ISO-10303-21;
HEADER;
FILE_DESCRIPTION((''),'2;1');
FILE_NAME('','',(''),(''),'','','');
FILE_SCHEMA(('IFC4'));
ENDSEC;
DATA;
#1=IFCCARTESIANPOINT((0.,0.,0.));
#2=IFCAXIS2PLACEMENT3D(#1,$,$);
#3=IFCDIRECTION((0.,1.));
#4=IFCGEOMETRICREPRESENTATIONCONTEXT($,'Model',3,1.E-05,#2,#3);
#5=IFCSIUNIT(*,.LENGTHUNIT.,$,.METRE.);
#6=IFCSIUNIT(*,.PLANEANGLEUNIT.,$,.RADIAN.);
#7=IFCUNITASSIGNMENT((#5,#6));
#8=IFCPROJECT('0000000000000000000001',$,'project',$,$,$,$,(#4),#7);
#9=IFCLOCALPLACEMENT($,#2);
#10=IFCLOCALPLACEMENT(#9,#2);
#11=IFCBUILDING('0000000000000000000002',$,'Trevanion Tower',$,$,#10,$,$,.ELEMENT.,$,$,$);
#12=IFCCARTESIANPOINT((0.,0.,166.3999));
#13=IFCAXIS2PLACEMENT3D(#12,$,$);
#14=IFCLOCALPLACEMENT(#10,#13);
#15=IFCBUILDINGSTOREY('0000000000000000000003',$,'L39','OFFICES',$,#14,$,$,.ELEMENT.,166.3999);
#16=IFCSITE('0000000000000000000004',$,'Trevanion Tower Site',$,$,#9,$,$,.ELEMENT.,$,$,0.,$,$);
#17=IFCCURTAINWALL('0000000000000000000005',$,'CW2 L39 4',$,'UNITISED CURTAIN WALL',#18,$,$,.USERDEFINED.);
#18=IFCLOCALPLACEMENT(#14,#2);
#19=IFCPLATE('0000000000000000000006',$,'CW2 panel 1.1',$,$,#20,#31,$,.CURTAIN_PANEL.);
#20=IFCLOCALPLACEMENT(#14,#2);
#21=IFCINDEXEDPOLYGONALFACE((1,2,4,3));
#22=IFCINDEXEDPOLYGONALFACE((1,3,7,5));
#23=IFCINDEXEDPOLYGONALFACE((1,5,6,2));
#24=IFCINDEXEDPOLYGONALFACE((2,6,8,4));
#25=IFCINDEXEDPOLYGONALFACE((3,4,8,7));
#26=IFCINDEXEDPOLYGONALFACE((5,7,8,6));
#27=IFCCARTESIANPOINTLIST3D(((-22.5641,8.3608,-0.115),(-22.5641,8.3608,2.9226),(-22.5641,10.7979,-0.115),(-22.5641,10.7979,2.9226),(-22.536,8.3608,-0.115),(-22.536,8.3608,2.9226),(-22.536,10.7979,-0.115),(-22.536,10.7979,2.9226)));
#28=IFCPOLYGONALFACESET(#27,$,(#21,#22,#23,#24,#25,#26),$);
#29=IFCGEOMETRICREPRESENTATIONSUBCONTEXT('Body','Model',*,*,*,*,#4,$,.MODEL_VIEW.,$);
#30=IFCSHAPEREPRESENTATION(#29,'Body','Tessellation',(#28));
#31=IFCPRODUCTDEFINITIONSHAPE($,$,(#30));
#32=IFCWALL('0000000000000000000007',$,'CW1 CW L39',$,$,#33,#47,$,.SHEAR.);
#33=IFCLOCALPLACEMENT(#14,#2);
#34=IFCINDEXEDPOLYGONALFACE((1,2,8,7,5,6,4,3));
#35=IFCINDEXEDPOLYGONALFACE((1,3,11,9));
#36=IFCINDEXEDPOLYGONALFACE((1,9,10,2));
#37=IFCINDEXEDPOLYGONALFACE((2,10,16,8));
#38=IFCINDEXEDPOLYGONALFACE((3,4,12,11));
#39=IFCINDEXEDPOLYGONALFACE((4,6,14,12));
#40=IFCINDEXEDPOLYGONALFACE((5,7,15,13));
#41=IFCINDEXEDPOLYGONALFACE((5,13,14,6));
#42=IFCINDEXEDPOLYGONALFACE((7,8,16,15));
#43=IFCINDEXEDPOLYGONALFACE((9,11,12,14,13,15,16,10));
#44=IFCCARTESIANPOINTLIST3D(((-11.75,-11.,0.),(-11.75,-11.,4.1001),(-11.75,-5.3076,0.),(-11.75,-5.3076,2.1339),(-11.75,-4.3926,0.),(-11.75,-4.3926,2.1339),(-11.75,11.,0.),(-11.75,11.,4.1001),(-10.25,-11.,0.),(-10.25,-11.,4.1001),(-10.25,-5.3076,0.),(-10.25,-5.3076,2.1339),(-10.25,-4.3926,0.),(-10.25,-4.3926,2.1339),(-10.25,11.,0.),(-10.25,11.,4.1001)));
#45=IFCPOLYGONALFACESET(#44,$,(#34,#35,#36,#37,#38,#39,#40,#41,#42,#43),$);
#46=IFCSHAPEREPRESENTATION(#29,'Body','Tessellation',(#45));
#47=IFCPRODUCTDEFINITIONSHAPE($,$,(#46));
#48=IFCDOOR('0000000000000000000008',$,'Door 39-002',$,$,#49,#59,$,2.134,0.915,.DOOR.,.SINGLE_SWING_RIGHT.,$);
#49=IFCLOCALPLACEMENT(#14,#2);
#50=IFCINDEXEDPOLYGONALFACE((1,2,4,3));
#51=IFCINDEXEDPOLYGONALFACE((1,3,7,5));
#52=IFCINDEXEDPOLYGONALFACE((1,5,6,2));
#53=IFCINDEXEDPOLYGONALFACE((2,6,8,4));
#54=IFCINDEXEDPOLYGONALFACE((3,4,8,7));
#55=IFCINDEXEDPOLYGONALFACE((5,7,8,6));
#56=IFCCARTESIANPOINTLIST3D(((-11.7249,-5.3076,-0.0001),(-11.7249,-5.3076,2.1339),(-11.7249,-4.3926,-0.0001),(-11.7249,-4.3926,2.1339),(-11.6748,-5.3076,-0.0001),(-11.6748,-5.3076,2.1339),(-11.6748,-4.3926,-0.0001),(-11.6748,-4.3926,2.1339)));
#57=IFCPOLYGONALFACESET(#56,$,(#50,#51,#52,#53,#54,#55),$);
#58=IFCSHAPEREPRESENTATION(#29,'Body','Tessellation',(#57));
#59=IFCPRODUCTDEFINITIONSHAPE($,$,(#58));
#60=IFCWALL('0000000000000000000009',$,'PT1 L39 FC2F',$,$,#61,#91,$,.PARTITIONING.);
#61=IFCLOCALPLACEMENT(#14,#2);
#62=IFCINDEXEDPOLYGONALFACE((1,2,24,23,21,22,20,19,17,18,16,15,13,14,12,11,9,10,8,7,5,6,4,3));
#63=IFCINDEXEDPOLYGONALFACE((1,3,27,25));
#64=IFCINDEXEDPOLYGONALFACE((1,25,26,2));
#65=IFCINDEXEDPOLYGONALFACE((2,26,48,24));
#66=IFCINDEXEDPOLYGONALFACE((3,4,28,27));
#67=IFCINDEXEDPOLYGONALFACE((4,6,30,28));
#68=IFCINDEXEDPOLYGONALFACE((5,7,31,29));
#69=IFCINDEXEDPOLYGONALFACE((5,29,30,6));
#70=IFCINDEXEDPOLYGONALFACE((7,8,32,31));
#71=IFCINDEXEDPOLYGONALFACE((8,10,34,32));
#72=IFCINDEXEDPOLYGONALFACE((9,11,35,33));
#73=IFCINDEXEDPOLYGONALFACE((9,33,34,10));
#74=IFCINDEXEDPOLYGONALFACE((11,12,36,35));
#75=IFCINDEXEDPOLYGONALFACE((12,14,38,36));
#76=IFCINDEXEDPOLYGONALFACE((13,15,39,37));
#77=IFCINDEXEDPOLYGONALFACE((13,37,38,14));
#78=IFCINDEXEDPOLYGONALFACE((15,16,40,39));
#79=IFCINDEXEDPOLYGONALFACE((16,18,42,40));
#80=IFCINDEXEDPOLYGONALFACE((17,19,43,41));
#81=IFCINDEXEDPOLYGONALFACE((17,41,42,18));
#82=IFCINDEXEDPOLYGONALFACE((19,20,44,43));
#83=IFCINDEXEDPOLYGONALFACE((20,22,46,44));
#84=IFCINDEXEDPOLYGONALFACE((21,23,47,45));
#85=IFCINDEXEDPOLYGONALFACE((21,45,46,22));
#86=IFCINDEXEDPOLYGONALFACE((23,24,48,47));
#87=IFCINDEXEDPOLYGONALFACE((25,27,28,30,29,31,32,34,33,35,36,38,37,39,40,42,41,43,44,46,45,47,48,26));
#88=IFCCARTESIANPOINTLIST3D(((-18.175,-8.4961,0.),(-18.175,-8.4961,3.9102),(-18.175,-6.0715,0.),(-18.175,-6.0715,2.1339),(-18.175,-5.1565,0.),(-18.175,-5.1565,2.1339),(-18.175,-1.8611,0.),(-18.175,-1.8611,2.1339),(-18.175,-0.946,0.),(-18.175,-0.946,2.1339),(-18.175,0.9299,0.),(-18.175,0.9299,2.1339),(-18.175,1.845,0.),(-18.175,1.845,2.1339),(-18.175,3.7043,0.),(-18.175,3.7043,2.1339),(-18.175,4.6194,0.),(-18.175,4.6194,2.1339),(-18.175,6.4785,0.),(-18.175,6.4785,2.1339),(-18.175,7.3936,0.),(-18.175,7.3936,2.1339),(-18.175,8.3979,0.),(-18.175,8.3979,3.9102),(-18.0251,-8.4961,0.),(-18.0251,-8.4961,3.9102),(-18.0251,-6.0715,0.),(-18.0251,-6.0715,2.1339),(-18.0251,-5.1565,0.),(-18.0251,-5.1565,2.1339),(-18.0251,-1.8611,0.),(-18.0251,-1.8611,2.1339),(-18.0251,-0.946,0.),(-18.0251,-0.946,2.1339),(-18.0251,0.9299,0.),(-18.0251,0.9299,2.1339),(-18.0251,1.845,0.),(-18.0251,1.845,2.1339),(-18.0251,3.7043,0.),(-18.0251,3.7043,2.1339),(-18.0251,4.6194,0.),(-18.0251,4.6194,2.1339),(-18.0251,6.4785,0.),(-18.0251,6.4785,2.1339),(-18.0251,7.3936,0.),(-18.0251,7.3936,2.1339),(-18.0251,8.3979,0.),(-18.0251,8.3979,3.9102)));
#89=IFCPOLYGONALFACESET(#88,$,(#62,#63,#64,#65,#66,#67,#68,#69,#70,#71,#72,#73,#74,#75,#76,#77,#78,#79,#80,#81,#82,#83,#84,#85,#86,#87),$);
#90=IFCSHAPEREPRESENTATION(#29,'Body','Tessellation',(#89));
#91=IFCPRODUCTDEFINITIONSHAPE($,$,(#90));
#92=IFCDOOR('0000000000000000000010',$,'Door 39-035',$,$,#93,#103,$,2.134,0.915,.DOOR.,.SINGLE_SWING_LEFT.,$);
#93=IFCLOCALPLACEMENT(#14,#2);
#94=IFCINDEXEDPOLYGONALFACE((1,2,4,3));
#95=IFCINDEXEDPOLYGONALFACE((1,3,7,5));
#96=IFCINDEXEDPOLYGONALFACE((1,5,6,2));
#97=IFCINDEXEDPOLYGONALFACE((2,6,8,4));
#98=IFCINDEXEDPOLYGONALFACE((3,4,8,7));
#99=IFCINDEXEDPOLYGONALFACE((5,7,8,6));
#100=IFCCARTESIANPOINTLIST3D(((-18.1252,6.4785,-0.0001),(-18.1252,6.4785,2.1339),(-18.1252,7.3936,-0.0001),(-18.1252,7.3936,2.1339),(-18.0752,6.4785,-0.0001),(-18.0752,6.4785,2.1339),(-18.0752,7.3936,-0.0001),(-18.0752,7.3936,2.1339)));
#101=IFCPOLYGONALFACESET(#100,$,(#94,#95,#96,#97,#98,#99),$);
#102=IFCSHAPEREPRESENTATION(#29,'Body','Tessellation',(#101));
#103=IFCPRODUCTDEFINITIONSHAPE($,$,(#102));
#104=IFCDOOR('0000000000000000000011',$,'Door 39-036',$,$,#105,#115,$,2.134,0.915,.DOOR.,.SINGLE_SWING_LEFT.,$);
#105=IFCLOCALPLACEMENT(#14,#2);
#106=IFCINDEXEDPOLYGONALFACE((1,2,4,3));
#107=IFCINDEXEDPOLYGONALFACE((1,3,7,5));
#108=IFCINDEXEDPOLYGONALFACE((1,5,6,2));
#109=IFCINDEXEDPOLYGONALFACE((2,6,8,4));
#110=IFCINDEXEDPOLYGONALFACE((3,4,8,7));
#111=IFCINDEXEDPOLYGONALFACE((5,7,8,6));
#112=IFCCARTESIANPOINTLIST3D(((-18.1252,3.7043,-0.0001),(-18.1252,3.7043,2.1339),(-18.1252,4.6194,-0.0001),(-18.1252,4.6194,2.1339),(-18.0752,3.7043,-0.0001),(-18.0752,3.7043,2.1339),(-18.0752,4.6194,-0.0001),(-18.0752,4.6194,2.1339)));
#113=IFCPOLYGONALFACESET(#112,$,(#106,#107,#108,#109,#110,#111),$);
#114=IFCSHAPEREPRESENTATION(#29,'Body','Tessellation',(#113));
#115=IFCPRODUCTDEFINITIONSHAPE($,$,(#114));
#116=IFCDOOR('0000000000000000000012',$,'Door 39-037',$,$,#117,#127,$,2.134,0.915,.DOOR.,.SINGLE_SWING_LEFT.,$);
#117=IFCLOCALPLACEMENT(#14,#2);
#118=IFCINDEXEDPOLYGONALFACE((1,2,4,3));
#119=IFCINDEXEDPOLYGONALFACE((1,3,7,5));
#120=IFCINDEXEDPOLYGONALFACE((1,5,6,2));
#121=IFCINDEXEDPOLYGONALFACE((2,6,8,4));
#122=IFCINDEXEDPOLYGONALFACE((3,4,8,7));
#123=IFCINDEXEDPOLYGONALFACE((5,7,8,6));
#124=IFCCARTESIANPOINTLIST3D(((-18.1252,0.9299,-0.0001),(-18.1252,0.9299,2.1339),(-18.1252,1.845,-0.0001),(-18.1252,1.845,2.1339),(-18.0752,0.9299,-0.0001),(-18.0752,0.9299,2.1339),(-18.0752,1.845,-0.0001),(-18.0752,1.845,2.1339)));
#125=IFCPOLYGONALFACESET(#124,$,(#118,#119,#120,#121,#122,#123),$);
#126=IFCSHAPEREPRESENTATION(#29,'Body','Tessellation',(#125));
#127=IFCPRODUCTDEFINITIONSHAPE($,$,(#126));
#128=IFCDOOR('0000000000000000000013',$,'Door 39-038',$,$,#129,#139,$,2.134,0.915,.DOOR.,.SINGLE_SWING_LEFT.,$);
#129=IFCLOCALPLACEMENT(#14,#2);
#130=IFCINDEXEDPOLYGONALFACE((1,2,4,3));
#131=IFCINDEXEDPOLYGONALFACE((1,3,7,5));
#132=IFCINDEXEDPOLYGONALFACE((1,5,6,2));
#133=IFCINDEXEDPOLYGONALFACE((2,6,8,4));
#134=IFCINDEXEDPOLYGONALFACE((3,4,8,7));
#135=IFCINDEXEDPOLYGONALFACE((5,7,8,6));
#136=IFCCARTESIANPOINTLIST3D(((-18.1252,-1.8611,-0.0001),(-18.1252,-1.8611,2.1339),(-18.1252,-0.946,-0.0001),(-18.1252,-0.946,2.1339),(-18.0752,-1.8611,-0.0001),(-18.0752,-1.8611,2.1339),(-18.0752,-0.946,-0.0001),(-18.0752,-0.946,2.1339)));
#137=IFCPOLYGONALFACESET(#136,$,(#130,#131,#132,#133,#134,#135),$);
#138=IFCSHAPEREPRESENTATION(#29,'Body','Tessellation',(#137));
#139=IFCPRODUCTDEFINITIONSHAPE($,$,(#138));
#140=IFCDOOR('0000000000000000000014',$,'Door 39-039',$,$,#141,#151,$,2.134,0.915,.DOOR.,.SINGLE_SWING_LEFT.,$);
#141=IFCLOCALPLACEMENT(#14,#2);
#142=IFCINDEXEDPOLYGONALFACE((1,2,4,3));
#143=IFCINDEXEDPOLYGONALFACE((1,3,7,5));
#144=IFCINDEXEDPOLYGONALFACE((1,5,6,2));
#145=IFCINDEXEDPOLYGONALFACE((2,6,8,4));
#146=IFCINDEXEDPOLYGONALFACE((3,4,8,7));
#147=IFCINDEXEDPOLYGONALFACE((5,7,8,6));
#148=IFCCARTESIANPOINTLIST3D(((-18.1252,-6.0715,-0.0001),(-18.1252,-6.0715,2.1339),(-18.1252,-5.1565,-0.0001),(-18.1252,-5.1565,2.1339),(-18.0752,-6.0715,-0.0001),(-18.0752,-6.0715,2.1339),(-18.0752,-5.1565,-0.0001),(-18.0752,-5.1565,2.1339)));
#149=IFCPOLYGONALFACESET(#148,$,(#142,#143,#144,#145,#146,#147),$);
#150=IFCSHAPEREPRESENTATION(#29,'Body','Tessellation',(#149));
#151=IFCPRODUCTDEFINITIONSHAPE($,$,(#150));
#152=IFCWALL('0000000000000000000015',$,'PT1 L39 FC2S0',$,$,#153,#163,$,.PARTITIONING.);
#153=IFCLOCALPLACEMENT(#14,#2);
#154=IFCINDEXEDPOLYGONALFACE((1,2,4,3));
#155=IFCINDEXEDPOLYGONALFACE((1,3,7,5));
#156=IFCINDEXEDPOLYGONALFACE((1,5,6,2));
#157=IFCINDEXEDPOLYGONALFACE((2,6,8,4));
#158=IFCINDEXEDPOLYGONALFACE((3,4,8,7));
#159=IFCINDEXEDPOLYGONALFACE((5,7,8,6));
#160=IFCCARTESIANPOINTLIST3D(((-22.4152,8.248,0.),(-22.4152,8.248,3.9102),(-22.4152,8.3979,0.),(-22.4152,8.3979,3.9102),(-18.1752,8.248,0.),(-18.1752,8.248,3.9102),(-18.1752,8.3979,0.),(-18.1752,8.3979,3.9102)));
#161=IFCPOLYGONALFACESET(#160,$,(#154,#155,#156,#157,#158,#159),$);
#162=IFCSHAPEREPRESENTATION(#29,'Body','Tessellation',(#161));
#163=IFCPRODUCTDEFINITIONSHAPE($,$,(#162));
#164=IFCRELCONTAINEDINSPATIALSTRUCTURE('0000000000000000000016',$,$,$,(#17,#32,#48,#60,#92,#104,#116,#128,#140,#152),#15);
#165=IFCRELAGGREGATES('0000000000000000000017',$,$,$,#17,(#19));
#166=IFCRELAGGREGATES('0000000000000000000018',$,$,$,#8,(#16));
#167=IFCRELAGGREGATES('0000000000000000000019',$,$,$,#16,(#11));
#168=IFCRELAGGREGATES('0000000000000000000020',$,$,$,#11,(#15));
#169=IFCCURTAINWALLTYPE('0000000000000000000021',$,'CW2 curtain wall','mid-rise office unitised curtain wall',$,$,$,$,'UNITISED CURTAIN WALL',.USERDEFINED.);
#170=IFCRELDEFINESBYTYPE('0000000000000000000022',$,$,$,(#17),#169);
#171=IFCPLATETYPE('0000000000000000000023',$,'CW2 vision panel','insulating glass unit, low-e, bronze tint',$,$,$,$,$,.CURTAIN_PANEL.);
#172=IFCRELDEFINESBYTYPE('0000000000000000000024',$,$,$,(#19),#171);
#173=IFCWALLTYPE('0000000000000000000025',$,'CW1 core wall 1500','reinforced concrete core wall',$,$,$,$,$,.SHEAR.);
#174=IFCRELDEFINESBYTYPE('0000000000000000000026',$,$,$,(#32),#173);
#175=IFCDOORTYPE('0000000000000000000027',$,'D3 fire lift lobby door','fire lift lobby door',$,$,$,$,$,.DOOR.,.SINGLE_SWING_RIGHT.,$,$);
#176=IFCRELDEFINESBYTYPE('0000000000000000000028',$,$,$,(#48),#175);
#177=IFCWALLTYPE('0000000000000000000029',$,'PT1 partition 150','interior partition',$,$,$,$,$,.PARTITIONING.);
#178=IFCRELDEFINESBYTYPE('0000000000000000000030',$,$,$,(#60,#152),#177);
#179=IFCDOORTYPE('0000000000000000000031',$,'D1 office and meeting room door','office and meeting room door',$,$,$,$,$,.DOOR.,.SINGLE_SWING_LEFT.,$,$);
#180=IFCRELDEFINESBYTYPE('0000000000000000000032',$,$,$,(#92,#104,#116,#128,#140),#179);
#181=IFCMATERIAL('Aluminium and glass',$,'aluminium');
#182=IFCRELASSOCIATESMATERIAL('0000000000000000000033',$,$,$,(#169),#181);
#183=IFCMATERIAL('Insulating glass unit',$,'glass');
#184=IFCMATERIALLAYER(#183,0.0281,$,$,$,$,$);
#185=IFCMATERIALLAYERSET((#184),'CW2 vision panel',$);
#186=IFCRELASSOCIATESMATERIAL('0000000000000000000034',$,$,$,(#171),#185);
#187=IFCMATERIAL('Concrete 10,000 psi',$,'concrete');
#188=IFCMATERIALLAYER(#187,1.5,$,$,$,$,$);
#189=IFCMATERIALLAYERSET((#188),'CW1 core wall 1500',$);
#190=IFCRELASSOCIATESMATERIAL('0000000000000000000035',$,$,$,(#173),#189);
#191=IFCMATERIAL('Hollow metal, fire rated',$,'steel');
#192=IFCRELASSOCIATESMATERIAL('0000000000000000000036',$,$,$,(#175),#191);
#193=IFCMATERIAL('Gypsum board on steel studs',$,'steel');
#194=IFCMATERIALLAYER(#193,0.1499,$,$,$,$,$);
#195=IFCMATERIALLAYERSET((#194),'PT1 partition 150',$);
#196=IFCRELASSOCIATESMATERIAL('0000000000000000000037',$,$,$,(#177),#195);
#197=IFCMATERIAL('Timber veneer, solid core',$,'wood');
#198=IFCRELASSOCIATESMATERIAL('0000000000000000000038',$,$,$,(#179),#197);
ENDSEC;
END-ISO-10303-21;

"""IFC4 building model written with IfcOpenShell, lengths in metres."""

from ifc_helpers import new_model, si_unit, direction, frame, frame_2d, origin, origin_2d, place, context, subcontext, project, spatial, rectangle, extrude, material, layer, layer_set, type_object, element, fill, aggregate, save


model = new_model("IFC4")

# Units and contexts
model_context = context("Model", 3, precision=1e-05, world=origin(), true_north=direction((0.0, 1.0)))
body_context = subcontext(model_context, "Body", "Model", "MODEL_VIEW")
ifc_project = project(units=[si_unit("LENGTHUNIT", "METRE"), si_unit("PLANEANGLEUNIT", "RADIAN")], contexts=[model_context])

# Site, building, storey
site_placement = place(None, origin())
site = spatial("IfcSite", under=ifc_project, at=site_placement, Name="Trevanion Tower Site", CompositionType="ELEMENT", RefElevation=0.0)
building_placement = place(site_placement, origin())
building = spatial("IfcBuilding", under=site, at=building_placement, Name="Trevanion Tower", CompositionType="ELEMENT")
storey_placement = place(building_placement, frame((0.0, 0.0, 166.3999)))
storey = spatial("IfcBuildingStorey", under=building, at=storey_placement, Name="L39", Description="OFFICES", CompositionType="ELEMENT", Elevation=166.3999)

# Curtain wall
ifc_material_1 = material(Name="Aluminium and glass", Category="aluminium")
curtain_wall_type = type_object("IfcCurtainWallType", Name="CW2 curtain wall", Description="mid-rise office unitised curtain wall", ElementType="UNITISED CURTAIN WALL", PredefinedType="USERDEFINED", material=ifc_material_1)
curtain_wall_placement = place(storey_placement, origin())
curtain_wall = element("IfcCurtainWall", 1, at=curtain_wall_placement, inside=storey, type_object=curtain_wall_type, Name="CW2 L39 4", ObjectType="UNITISED CURTAIN WALL", PredefinedType="USERDEFINED")

# Plate
ifc_material_2 = material(Name="Insulating glass unit", Category="glass")
ifc_layer_1 = layer(ifc_material_2, 0.0281)
ifc_layer_set_1 = layer_set([ifc_layer_1], Name="CW2 vision panel")
plate_type_1 = type_object("IfcPlateType", Name="CW2 vision panel", Description="insulating glass unit, low-e, bronze tint", PredefinedType="CURTAIN_PANEL", material=ifc_layer_set_1)
plate_1_placement = place(storey_placement, frame((-22.55, 9.5793, -0.115), z_axis=(0.0, 0.0, 1.0), x_axis=(0.0, -1.0, 0.0)))
plate_1 = element("IfcPlate", 2, at=plate_1_placement, type_object=plate_type_1, Name="CW2 panel 1.1", PredefinedType="CURTAIN_PANEL", context=body_context, shape_type="SweptSolid", body=[
    extrude(rectangle(XDim=2.437, YDim=0.0281, at=origin_2d()), origin(), (0.0, 0.0, 1.0), 3.0376),
])
aggregate(curtain_wall, [plate_1])

# Wall, opening, door
ifc_material_3 = material(Name="Concrete 10,000 psi", Category="concrete")
ifc_layer_2 = layer(ifc_material_3, 1.5)
ifc_layer_set_2 = layer_set([ifc_layer_2], Name="CW1 core wall 1500")
wall_type_1 = type_object("IfcWallType", Name="CW1 core wall 1500", Description="reinforced concrete core wall", PredefinedType="SHEAR", material=ifc_layer_set_2)
wall_1_placement = place(storey_placement, frame((-11.0, 11.0, 0.0), z_axis=(0.0, 0.0, 1.0), x_axis=(0.0, -1.0, 0.0)))
wall_1 = element("IfcWall", 3, at=wall_1_placement, inside=storey, type_object=wall_type_1, Name="CW1 CW L39", PredefinedType="SHEAR", context=body_context, shape_type="SweptSolid", body=[
    extrude(rectangle(XDim=22.0, YDim=1.5, at=frame_2d((11.0, 0.0))), origin(), (0.0, 0.0, 1.0), 4.1001),
])
opening_1_placement = place(wall_1_placement, frame((15.3926, 0.0, 0.0)))
opening_1 = element("IfcOpeningElement", 4, at=opening_1_placement, cuts=wall_1, PredefinedType="OPENING", context=body_context, shape_type="SweptSolid", body=[
    extrude(rectangle(XDim=0.915, YDim=2.134, at=frame_2d((0.4575, 1.0669))), frame((0.0, 0.76, 0.0), z_axis=(0.0, -1.0, 0.0), x_axis=(1.0, 0.0, 0.0)), (0.0, 0.0, 1.0), 1.52),
])
ifc_material_4 = material(Name="Hollow metal, fire rated", Category="steel")
door_type_1 = type_object("IfcDoorType", Name="D3 fire lift lobby door", Description="fire lift lobby door", OperationType="SINGLE_SWING_RIGHT", PredefinedType="DOOR", material=ifc_material_4)
door_1_placement = place(opening_1_placement, origin())
door_1 = element("IfcDoor", 5, at=door_1_placement, inside=storey, type_object=door_type_1, Name="Door 39-002", OperationType="SINGLE_SWING_RIGHT", OverallHeight=2.134, OverallWidth=0.915, PredefinedType="DOOR", context=body_context, shape_type="SweptSolid", body=[
    extrude(rectangle(XDim=0.915, YDim=2.134, at=frame_2d((0.4575, 1.0669))), frame((0.0, -0.6748, 0.0), z_axis=(0.0, -1.0, 0.0), x_axis=(1.0, 0.0, 0.0)), (0.0, 0.0, 1.0), 0.05),
])
fill(opening_1, door_1)

# Wall, openings, doors
ifc_material_5 = material(Name="Gypsum board on steel studs", Category="steel")
ifc_layer_3 = layer(ifc_material_5, 0.1499)
ifc_layer_set_3 = layer_set([ifc_layer_3], Name="PT1 partition 150")
wall_type_2 = type_object("IfcWallType", Name="PT1 partition 150", Description="interior partition", PredefinedType="PARTITIONING", material=ifc_layer_set_3)
wall_2_placement = place(storey_placement, frame((-18.1001, 8.3979, 0.0), z_axis=(0.0, 0.0, 1.0), x_axis=(0.0, -1.0, 0.0)))
wall_2 = element("IfcWall", 6, at=wall_2_placement, inside=storey, type_object=wall_type_2, Name="PT1 L39 FC2F", PredefinedType="PARTITIONING", context=body_context, shape_type="SweptSolid", body=[
    extrude(rectangle(XDim=16.894, YDim=0.1499, at=frame_2d((8.447, 0.0))), origin(), (0.0, 0.0, 1.0), 3.9102),
])
opening_2_placement = place(wall_2_placement, frame((1.0044, 0.0, 0.0)))
opening_2 = element("IfcOpeningElement", 7, at=opening_2_placement, cuts=wall_2, PredefinedType="OPENING", context=body_context, shape_type="SweptSolid", body=[
    extrude(rectangle(XDim=0.915, YDim=2.134, at=frame_2d((0.4575, 1.0669))), frame((0.0, 0.085, 0.0), z_axis=(0.0, -1.0, 0.0), x_axis=(1.0, 0.0, 0.0)), (0.0, 0.0, 1.0), 0.1699),
])
opening_3_placement = place(wall_2_placement, frame((3.7786, 0.0, 0.0)))
opening_3 = element("IfcOpeningElement", 8, at=opening_3_placement, cuts=wall_2, PredefinedType="OPENING", context=body_context, shape_type="SweptSolid", body=[
    extrude(rectangle(XDim=0.915, YDim=2.134, at=frame_2d((0.4575, 1.0669))), frame((0.0, 0.085, 0.0), z_axis=(0.0, -1.0, 0.0), x_axis=(1.0, 0.0, 0.0)), (0.0, 0.0, 1.0), 0.1699),
])
opening_4_placement = place(wall_2_placement, frame((6.553, 0.0, 0.0)))
opening_4 = element("IfcOpeningElement", 9, at=opening_4_placement, cuts=wall_2, PredefinedType="OPENING", context=body_context, shape_type="SweptSolid", body=[
    extrude(rectangle(XDim=0.915, YDim=2.134, at=frame_2d((0.4575, 1.0669))), frame((0.0, 0.085, 0.0), z_axis=(0.0, -1.0, 0.0), x_axis=(1.0, 0.0, 0.0)), (0.0, 0.0, 1.0), 0.1699),
])
opening_5_placement = place(wall_2_placement, frame((9.344, 0.0, 0.0)))
opening_5 = element("IfcOpeningElement", 10, at=opening_5_placement, cuts=wall_2, PredefinedType="OPENING", context=body_context, shape_type="SweptSolid", body=[
    extrude(rectangle(XDim=0.915, YDim=2.134, at=frame_2d((0.4575, 1.0669))), frame((0.0, 0.085, 0.0), z_axis=(0.0, -1.0, 0.0), x_axis=(1.0, 0.0, 0.0)), (0.0, 0.0, 1.0), 0.1699),
])
opening_6_placement = place(wall_2_placement, frame((13.5544, 0.0, 0.0)))
opening_6 = element("IfcOpeningElement", 11, at=opening_6_placement, cuts=wall_2, PredefinedType="OPENING", context=body_context, shape_type="SweptSolid", body=[
    extrude(rectangle(XDim=0.915, YDim=2.134, at=frame_2d((0.4575, 1.0669))), frame((0.0, 0.085, 0.0), z_axis=(0.0, -1.0, 0.0), x_axis=(1.0, 0.0, 0.0)), (0.0, 0.0, 1.0), 0.1699),
])
ifc_material_6 = material(Name="Timber veneer, solid core", Category="wood")
door_type_2 = type_object("IfcDoorType", Name="D1 office and meeting room door", Description="office and meeting room door", OperationType="SINGLE_SWING_LEFT", PredefinedType="DOOR", material=ifc_material_6)
door_2_placement = place(opening_2_placement, origin())
door_2 = element("IfcDoor", 12, at=door_2_placement, inside=storey, type_object=door_type_2, Name="Door 39-035", OperationType="SINGLE_SWING_LEFT", OverallHeight=2.134, OverallWidth=0.915, PredefinedType="DOOR", context=body_context, shape_type="SweptSolid", body=[
    extrude(rectangle(XDim=0.915, YDim=2.134, at=frame_2d((0.4575, 1.0669))), frame((0.0, 0.0249, 0.0), z_axis=(0.0, -1.0, 0.0), x_axis=(1.0, 0.0, 0.0)), (0.0, 0.0, 1.0), 0.05),
])
fill(opening_2, door_2)
door_3_placement = place(opening_3_placement, origin())
door_3 = element("IfcDoor", 13, at=door_3_placement, inside=storey, type_object=door_type_2, Name="Door 39-036", OperationType="SINGLE_SWING_LEFT", OverallHeight=2.134, OverallWidth=0.915, PredefinedType="DOOR", context=body_context, shape_type="SweptSolid", body=[
    extrude(rectangle(XDim=0.915, YDim=2.134, at=frame_2d((0.4575, 1.0669))), frame((0.0, 0.0249, 0.0), z_axis=(0.0, -1.0, 0.0), x_axis=(1.0, 0.0, 0.0)), (0.0, 0.0, 1.0), 0.05),
])
fill(opening_3, door_3)
door_4_placement = place(opening_4_placement, origin())
door_4 = element("IfcDoor", 14, at=door_4_placement, inside=storey, type_object=door_type_2, Name="Door 39-037", OperationType="SINGLE_SWING_LEFT", OverallHeight=2.134, OverallWidth=0.915, PredefinedType="DOOR", context=body_context, shape_type="SweptSolid", body=[
    extrude(rectangle(XDim=0.915, YDim=2.134, at=frame_2d((0.4575, 1.0669))), frame((0.0, 0.0249, 0.0), z_axis=(0.0, -1.0, 0.0), x_axis=(1.0, 0.0, 0.0)), (0.0, 0.0, 1.0), 0.05),
])
fill(opening_4, door_4)
door_5_placement = place(opening_5_placement, origin())
door_5 = element("IfcDoor", 15, at=door_5_placement, inside=storey, type_object=door_type_2, Name="Door 39-038", OperationType="SINGLE_SWING_LEFT", OverallHeight=2.134, OverallWidth=0.915, PredefinedType="DOOR", context=body_context, shape_type="SweptSolid", body=[
    extrude(rectangle(XDim=0.915, YDim=2.134, at=frame_2d((0.4575, 1.0669))), frame((0.0, 0.0249, 0.0), z_axis=(0.0, -1.0, 0.0), x_axis=(1.0, 0.0, 0.0)), (0.0, 0.0, 1.0), 0.05),
])
fill(opening_5, door_5)
door_6_placement = place(opening_6_placement, origin())
door_6 = element("IfcDoor", 16, at=door_6_placement, inside=storey, type_object=door_type_2, Name="Door 39-039", OperationType="SINGLE_SWING_LEFT", OverallHeight=2.134, OverallWidth=0.915, PredefinedType="DOOR", context=body_context, shape_type="SweptSolid", body=[
    extrude(rectangle(XDim=0.915, YDim=2.134, at=frame_2d((0.4575, 1.0669))), frame((0.0, 0.0249, 0.0), z_axis=(0.0, -1.0, 0.0), x_axis=(1.0, 0.0, 0.0)), (0.0, 0.0, 1.0), 0.05),
])
fill(opening_6, door_6)

# Wall
for number, where, z_axis, x_axis, name in (
    (17, (-18.175, 8.323, 0.0), (0.0, 0.0, 1.0), (-1.0, 0.0, 0.0), "PT1 L39 FC2S0"),
):
    element("IfcWall", number, at=place(storey_placement, frame(where, z_axis=z_axis, x_axis=x_axis)), inside=storey, type_object=wall_type_2, Name=name, PredefinedType="PARTITIONING", context=body_context, shape_type="SweptSolid", body=[
        extrude(rectangle(XDim=4.24, YDim=0.1499, at=frame_2d((2.1201, 0.0))), origin(), (0.0, 0.0, 1.0), 3.9102),
    ])

save(model, "model.ifc")
